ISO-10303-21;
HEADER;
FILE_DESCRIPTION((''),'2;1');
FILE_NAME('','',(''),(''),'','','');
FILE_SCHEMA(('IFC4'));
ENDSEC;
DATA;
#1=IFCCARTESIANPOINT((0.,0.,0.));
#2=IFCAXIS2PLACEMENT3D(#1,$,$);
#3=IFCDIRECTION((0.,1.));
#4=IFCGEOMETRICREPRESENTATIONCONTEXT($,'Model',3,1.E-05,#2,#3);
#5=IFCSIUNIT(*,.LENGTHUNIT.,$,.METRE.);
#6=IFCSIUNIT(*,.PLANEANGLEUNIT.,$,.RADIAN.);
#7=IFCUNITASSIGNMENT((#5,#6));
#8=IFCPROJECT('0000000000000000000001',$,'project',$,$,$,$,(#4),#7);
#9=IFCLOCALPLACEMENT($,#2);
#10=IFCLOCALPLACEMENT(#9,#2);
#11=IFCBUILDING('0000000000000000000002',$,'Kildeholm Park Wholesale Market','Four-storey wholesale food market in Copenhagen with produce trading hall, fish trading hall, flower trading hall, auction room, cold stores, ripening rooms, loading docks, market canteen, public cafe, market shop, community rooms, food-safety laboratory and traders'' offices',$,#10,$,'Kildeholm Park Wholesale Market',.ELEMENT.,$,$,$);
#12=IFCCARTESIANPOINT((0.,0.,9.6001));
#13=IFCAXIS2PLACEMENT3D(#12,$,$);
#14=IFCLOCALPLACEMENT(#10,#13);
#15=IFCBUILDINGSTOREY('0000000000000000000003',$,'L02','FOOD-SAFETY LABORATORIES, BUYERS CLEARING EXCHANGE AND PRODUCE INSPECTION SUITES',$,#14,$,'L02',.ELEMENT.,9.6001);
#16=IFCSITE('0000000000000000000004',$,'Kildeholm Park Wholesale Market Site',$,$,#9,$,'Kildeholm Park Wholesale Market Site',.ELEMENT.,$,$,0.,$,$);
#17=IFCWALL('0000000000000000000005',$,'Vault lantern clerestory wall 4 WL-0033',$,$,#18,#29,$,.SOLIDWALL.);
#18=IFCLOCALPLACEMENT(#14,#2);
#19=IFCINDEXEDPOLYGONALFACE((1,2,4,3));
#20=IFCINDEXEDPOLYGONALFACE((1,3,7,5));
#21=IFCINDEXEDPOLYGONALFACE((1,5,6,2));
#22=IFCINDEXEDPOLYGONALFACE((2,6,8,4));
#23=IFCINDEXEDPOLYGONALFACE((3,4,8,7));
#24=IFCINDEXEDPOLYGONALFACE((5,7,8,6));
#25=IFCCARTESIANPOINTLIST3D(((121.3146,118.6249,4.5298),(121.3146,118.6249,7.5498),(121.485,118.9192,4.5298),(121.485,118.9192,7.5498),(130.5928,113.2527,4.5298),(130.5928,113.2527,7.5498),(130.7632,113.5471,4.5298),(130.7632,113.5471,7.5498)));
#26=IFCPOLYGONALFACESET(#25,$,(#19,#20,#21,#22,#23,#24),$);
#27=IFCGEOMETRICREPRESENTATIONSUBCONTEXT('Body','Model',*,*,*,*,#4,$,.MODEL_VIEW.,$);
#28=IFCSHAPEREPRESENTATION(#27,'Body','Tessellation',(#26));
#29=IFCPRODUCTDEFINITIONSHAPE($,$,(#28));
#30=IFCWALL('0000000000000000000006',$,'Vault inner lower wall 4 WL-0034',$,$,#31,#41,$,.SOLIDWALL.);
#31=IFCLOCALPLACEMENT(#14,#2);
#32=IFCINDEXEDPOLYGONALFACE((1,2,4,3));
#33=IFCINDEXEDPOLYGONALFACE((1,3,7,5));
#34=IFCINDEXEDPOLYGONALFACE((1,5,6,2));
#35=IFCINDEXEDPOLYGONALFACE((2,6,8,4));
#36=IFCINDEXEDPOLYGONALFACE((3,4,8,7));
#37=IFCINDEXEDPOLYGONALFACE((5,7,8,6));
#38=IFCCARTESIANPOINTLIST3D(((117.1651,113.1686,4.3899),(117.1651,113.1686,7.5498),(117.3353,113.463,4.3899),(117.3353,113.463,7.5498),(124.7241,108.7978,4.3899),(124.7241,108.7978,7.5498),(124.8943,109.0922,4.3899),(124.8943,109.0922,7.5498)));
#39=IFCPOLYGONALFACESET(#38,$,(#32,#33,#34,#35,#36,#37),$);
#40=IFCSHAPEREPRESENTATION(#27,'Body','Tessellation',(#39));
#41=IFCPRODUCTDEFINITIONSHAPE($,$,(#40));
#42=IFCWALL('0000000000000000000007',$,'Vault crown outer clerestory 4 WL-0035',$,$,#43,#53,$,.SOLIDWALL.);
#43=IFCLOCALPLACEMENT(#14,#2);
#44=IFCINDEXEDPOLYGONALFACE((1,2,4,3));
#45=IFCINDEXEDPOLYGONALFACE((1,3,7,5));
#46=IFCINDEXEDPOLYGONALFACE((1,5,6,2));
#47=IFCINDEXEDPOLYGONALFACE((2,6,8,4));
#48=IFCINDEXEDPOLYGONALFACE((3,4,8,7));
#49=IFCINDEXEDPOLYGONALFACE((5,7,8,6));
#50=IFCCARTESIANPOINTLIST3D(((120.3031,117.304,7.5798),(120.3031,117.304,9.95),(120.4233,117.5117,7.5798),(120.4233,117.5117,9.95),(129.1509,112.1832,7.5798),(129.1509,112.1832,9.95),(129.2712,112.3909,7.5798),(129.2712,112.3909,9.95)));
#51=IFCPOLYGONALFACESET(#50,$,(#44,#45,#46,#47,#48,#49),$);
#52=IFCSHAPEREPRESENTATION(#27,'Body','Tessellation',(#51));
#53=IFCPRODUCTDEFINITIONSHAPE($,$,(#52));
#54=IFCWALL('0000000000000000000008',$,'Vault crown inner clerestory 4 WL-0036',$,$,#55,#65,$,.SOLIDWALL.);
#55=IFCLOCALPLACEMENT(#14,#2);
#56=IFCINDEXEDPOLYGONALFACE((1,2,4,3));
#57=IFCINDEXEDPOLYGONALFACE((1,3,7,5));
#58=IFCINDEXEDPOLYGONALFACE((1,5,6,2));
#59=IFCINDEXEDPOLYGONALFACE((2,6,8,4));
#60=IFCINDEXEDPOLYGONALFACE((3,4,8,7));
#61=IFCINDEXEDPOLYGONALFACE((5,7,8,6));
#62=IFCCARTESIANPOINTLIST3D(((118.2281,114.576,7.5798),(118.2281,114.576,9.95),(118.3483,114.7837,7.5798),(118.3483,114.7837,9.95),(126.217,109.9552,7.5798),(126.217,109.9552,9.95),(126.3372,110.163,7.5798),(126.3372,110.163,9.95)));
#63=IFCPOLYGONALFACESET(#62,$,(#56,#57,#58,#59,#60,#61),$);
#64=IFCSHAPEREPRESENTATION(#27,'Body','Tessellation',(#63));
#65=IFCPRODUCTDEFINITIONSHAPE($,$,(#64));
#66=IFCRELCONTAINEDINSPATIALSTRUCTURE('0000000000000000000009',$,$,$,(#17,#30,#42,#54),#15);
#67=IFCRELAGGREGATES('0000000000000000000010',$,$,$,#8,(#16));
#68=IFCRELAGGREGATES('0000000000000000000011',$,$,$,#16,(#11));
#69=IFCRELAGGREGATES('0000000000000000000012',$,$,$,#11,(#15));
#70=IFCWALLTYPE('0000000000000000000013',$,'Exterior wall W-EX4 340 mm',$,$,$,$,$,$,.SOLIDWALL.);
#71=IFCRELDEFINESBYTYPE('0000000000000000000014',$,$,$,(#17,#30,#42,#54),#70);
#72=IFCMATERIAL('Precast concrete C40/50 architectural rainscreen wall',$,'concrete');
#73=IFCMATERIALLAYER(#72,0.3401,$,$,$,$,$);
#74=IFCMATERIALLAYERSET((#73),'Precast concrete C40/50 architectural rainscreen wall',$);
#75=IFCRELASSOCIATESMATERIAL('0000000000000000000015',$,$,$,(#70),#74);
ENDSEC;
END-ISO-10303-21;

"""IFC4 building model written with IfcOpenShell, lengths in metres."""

from ifc_helpers import new_model, si_unit, direction, frame, frame_2d, origin, place, context, subcontext, project, spatial, rectangle, extrude, material, layer, layer_set, type_object, element, save


model = new_model("IFC4")

# Units and contexts
model_context = context("Model", 3, precision=1e-05, world=origin(), true_north=direction((0.0, 1.0)))
body_context = subcontext(model_context, "Body", "Model", "MODEL_VIEW")
ifc_project = project(units=[si_unit("LENGTHUNIT", "METRE"), si_unit("PLANEANGLEUNIT", "RADIAN")], contexts=[model_context])

# Site, building, storey
site_placement = place(None, origin())
site = spatial("IfcSite", under=ifc_project, at=site_placement, Name="Kildeholm Park Wholesale Market Site", LongName="Kildeholm Park Wholesale Market Site", CompositionType="ELEMENT", RefElevation=0.0)
building_placement = place(site_placement, origin())
building = spatial("IfcBuilding", under=site, at=building_placement, Name="Kildeholm Park Wholesale Market", Description="Four-storey wholesale food market in Copenhagen with produce trading hall, fish trading hall, flower trading hall, auction room, cold stores, ripening rooms, loading docks, market canteen, public cafe, market shop, community rooms, food-safety laboratory and traders' offices", LongName="Kildeholm Park Wholesale Market", CompositionType="ELEMENT")
storey_placement = place(building_placement, frame((0.0, 0.0, 9.6001)))
storey = spatial("IfcBuildingStorey", under=building, at=storey_placement, Name="L02", Description="FOOD-SAFETY LABORATORIES, BUYERS CLEARING EXCHANGE AND PRODUCE INSPECTION SUITES", LongName="L02", CompositionType="ELEMENT", Elevation=9.6001)

# Walls
ifc_material_1 = material(Name="Precast concrete C40/50 architectural rainscreen wall", Category="concrete")
ifc_layer_1 = layer(ifc_material_1, 0.3401)
ifc_layer_set_1 = layer_set([ifc_layer_1], Name="Precast concrete C40/50 architectural rainscreen wall")
wall_type = type_object("IfcWallType", Name="Exterior wall W-EX4 340 mm", PredefinedType="SOLIDWALL", material=ifc_layer_set_1)
wall_1_placement = place(storey_placement, frame((130.678, 113.3999, 4.5298), z_axis=(0.0, 0.0, 1.0), x_axis=(-0.865404, 0.501075, 0.0)))
element("IfcWall", 1, at=wall_1_placement, inside=storey, type_object=wall_type, Name="Vault lantern clerestory wall 4 WL-0033", PredefinedType="SOLIDWALL", context=body_context, shape_type="SweptSolid", body=[
    extrude(rectangle(XDim=10.7212, YDim=0.3401, at=frame_2d((5.3606, 0.0))), origin(), (0.0, 0.0, 1.0), 3.02),
])
wall_2_placement = place(storey_placement, frame((124.8091, 108.9451, 4.3899), z_axis=(0.0, 0.0, 1.0), x_axis=(-0.865697, 0.500568, 0.0)))
element("IfcWall", 2, at=wall_2_placement, inside=storey, type_object=wall_type, Name="Vault inner lower wall 4 WL-0034", PredefinedType="SOLIDWALL", context=body_context, shape_type="SweptSolid", body=[
    extrude(rectangle(XDim=8.7317, YDim=0.3401, at=frame_2d((4.3657, 0.0))), origin(), (0.0, 0.0, 1.0), 3.1599),
])
wall_3_placement = place(storey_placement, frame((129.2109, 112.2871, 7.5798), z_axis=(0.0, 0.0, 1.0), x_axis=(-0.865495, 0.500918, 0.0)))
element("IfcWall", 3, at=wall_3_placement, inside=storey, type_object=wall_type, Name="Vault crown outer clerestory 4 WL-0035", PredefinedType="SOLIDWALL", context=body_context, shape_type="SweptSolid", body=[
    extrude(rectangle(XDim=10.2229, YDim=0.24, at=frame_2d((5.1113, 0.0))), origin(), (0.0, 0.0, 1.0), 2.3701),
])
wall_4_placement = place(storey_placement, frame((126.2771, 110.0591, 7.5798), z_axis=(0.0, 0.0, 1.0), x_axis=(-0.865631, 0.500682, 0.0)))
element("IfcWall", 4, at=wall_4_placement, inside=storey, type_object=wall_type, Name="Vault crown inner clerestory 4 WL-0036", PredefinedType="SOLIDWALL", context=body_context, shape_type="SweptSolid", body=[
    extrude(rectangle(XDim=9.229, YDim=0.24, at=frame_2d((4.6145, 0.0))), origin(), (0.0, 0.0, 1.0), 2.3701),
])

save(model, "model.ifc")
